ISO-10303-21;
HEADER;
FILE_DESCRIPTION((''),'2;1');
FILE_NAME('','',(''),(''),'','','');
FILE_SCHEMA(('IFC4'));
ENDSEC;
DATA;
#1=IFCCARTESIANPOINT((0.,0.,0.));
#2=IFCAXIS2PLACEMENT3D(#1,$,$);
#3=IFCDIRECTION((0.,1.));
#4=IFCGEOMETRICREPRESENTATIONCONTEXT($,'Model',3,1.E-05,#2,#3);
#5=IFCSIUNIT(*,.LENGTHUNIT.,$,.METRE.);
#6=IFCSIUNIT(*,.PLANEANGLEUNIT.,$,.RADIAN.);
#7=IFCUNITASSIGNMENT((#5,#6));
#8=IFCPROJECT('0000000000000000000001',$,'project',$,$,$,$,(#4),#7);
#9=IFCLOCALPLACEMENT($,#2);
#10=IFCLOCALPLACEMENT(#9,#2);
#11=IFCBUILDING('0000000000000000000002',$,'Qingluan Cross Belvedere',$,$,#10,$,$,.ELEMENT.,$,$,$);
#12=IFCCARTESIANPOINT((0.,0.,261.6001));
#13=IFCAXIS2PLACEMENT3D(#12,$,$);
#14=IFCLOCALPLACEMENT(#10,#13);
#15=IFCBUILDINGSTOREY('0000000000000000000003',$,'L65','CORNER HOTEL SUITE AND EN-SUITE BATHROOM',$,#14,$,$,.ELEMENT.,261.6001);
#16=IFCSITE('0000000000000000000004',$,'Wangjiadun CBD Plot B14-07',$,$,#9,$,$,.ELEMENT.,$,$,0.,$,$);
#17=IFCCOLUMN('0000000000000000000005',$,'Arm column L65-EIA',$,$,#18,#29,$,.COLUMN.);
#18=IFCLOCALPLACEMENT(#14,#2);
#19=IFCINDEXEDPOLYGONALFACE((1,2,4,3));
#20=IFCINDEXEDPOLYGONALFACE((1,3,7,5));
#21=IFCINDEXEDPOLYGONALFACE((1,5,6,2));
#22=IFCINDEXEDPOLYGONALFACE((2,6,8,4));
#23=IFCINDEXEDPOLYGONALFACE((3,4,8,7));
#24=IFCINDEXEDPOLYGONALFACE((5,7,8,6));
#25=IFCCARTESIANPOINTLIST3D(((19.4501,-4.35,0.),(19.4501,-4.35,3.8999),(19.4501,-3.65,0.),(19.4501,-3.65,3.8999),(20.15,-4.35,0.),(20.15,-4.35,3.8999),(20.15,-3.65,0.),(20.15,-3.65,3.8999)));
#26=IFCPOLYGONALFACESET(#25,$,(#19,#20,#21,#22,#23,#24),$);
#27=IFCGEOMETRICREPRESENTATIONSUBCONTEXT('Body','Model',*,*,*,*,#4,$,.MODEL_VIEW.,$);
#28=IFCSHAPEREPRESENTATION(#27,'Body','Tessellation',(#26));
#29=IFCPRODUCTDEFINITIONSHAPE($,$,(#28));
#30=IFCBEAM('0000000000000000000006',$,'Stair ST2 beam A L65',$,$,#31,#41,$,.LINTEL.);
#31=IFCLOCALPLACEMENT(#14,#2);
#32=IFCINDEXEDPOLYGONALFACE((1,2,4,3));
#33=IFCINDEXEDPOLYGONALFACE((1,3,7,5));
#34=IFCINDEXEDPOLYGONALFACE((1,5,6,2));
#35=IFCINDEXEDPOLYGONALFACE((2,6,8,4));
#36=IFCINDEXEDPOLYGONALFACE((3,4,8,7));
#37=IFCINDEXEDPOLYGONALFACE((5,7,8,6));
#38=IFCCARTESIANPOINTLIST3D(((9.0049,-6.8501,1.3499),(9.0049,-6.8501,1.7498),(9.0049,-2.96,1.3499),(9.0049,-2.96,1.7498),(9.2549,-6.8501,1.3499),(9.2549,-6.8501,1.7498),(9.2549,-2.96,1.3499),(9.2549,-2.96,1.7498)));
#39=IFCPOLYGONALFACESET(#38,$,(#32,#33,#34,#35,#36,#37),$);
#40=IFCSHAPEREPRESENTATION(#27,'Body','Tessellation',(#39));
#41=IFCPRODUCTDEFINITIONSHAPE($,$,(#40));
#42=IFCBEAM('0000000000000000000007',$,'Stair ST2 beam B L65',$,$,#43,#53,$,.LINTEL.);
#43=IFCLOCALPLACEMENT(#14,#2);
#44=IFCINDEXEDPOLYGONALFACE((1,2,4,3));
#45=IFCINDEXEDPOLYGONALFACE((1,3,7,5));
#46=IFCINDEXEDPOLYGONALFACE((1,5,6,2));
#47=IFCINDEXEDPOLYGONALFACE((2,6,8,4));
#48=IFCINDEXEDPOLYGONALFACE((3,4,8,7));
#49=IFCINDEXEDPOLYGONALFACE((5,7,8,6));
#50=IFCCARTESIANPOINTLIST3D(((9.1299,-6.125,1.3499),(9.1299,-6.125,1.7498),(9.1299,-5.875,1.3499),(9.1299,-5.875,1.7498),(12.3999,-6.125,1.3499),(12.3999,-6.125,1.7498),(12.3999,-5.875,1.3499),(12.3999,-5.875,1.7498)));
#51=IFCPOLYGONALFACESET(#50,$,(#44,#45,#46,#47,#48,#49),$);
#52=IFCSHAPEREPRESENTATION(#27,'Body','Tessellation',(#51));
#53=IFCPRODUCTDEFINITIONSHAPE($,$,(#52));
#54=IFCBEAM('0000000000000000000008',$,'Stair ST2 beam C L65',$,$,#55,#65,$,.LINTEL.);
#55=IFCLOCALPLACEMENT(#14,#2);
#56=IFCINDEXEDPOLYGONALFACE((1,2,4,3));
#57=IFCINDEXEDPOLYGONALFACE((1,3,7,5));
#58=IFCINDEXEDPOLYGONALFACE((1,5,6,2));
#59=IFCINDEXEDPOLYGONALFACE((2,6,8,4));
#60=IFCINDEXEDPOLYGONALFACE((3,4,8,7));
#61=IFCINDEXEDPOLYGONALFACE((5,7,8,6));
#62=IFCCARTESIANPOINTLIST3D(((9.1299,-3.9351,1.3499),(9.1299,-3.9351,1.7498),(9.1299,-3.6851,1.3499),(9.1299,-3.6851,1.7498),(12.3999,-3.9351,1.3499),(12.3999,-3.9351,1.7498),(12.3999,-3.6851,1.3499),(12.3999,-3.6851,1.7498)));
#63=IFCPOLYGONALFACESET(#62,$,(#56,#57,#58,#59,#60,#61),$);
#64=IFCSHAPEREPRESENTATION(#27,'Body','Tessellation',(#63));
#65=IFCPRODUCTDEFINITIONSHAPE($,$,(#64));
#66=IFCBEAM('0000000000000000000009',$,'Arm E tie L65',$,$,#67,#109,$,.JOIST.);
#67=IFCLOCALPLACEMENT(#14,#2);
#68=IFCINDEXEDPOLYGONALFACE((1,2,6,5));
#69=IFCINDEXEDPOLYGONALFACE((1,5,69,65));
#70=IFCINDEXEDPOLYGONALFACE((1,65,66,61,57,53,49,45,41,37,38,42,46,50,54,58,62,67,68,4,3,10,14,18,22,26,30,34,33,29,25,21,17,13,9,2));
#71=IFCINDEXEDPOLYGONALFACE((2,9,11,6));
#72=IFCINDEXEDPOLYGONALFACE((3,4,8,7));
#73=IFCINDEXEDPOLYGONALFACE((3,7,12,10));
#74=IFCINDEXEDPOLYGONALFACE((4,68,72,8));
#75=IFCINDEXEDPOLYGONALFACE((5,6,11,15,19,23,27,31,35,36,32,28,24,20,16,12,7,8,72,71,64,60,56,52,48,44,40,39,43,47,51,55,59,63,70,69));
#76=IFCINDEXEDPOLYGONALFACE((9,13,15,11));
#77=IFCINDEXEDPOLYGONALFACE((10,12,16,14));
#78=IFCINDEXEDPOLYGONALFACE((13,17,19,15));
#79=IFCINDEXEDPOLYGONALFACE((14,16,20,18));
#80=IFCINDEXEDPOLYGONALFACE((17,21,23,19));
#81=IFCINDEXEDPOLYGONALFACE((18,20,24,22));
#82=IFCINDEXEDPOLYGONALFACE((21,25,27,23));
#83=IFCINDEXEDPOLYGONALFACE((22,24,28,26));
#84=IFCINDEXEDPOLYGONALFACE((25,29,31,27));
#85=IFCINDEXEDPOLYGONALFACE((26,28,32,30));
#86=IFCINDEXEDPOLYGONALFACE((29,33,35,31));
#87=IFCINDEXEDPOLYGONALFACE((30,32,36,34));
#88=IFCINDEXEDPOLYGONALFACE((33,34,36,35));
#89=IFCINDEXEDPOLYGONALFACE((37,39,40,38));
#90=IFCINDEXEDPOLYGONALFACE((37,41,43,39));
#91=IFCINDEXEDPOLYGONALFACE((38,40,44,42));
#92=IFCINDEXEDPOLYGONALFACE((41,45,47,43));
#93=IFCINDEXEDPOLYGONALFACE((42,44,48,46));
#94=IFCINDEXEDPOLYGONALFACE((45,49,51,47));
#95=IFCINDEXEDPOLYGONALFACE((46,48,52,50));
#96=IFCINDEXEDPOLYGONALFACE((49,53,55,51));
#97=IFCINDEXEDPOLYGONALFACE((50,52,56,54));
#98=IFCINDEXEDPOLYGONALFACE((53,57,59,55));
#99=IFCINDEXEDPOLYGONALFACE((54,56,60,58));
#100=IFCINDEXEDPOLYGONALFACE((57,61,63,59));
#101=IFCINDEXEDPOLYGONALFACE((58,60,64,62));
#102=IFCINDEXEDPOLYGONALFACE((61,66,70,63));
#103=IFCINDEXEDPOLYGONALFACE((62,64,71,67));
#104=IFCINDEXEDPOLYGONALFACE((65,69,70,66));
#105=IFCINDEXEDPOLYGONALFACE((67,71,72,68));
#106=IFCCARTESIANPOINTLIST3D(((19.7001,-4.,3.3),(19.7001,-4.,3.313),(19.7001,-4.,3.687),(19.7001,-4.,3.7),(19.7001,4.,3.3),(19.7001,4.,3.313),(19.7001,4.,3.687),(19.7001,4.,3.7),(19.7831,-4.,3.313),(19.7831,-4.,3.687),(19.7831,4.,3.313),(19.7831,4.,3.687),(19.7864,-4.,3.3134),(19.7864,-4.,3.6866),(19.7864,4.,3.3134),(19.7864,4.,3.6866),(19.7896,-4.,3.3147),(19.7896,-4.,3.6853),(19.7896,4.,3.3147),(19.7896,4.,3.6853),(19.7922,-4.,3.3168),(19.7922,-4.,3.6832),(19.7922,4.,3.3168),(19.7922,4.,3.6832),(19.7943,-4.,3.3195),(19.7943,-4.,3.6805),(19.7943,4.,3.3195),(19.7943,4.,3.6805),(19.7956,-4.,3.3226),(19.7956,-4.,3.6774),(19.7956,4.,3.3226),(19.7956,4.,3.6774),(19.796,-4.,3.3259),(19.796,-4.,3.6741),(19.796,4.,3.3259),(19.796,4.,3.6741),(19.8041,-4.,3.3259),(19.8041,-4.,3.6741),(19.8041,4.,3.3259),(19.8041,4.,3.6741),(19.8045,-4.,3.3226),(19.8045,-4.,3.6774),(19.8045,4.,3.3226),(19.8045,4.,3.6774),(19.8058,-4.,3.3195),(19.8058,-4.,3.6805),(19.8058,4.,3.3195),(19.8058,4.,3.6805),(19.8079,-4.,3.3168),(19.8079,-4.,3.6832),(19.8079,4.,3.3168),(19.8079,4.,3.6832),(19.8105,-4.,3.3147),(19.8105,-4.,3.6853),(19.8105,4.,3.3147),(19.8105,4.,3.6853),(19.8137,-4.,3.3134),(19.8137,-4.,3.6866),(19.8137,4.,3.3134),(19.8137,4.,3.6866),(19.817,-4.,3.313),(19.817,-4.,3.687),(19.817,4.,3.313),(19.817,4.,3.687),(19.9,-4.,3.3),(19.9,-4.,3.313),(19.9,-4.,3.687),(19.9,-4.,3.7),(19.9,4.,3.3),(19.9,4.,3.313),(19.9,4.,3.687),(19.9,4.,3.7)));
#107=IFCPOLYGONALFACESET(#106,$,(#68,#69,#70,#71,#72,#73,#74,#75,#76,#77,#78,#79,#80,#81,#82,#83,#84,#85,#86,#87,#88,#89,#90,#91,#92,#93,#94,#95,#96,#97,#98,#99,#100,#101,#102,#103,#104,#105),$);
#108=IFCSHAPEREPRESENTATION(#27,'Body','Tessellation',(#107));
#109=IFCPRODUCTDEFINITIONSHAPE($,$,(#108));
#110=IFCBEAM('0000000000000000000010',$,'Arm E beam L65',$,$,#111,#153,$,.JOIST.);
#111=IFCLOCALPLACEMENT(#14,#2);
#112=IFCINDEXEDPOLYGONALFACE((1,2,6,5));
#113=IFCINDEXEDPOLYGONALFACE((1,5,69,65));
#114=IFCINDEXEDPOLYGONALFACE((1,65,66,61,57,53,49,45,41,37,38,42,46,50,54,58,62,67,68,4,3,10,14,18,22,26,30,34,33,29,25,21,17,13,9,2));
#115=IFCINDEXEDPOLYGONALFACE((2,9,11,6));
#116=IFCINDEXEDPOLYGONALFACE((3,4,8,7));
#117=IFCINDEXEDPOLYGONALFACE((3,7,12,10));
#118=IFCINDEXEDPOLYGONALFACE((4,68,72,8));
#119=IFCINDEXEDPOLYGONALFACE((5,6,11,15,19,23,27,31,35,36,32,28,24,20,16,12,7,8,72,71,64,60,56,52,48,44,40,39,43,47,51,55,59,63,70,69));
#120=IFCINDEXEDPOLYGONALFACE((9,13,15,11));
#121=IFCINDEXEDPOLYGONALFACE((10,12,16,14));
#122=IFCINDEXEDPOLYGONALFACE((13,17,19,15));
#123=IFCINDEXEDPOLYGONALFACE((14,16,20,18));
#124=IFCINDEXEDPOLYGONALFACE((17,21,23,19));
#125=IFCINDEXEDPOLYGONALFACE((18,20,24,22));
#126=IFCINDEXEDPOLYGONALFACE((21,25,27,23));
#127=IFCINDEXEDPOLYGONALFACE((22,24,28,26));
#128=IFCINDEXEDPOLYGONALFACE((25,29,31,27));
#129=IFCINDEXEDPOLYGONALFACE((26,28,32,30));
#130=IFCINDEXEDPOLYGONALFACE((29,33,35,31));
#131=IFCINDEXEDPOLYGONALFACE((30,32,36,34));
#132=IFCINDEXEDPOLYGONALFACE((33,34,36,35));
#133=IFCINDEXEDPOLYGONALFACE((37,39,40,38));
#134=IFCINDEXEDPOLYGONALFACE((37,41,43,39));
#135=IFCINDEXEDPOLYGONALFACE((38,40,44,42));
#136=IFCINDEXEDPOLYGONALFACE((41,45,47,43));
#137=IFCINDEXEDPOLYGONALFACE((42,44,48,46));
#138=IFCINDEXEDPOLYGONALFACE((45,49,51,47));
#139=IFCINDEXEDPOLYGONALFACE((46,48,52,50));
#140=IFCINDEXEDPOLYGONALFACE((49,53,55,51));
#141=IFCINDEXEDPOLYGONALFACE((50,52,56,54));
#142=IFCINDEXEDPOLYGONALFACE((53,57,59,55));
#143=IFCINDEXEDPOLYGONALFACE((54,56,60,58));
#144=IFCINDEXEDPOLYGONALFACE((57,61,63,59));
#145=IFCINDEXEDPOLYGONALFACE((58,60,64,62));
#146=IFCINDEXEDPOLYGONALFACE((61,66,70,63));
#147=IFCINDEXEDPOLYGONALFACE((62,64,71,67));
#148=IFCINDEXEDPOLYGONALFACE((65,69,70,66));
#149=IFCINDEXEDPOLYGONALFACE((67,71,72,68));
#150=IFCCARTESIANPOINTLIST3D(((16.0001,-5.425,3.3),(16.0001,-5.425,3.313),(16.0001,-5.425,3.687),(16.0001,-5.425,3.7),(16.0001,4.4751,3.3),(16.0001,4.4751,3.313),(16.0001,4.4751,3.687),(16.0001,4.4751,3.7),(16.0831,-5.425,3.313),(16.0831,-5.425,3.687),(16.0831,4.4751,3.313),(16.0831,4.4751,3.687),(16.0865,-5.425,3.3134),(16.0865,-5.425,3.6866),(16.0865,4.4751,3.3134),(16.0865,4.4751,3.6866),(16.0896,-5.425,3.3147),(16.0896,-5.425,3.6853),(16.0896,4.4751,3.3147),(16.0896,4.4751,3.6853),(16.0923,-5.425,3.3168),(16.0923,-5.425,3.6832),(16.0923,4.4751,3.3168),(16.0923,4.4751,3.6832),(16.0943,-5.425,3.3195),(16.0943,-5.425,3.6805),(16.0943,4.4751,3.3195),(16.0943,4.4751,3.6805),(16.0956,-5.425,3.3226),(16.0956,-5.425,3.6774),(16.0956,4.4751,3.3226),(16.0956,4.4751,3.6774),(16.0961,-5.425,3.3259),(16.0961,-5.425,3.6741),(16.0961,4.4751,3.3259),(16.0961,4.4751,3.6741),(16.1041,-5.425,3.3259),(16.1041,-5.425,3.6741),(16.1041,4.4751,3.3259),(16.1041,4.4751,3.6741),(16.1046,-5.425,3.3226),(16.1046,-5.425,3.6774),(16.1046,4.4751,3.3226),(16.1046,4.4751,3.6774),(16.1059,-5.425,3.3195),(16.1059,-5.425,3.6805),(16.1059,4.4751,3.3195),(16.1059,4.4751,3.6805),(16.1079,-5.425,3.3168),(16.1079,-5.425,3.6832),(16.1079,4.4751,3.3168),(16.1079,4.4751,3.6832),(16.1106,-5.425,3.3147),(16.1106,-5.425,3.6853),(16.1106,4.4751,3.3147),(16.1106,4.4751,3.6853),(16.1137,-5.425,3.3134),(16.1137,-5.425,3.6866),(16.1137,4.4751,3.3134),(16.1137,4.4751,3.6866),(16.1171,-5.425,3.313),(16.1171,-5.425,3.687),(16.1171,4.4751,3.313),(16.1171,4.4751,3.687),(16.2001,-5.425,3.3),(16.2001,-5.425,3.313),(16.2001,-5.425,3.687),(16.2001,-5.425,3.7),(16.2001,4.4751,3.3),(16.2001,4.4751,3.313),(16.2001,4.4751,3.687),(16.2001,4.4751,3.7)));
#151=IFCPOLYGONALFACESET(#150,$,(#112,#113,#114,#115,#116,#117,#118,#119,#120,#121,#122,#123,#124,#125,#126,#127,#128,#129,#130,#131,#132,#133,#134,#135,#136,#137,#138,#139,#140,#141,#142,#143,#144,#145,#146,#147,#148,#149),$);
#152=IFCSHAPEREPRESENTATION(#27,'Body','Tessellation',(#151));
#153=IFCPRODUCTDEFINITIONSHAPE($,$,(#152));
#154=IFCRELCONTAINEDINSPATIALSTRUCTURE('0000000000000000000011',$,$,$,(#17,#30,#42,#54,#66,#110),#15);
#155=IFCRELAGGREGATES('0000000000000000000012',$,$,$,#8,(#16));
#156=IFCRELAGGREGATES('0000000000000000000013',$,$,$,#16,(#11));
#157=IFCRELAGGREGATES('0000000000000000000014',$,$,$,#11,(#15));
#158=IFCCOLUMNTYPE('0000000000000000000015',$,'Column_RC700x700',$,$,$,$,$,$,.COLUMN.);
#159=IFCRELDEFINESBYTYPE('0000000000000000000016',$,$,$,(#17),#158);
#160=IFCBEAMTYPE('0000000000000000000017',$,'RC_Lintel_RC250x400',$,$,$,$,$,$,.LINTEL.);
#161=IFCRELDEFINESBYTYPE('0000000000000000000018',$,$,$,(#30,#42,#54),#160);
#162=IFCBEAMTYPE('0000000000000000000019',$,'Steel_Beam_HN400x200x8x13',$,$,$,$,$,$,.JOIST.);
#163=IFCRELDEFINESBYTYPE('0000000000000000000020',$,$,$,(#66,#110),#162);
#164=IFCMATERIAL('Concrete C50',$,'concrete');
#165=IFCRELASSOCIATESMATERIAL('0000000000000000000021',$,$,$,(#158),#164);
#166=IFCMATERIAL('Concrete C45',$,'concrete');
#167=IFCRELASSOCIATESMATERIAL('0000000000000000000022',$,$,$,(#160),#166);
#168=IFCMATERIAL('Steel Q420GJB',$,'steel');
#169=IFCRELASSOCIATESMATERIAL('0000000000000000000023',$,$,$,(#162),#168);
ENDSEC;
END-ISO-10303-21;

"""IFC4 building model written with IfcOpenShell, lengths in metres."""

from ifc_helpers import new_model, si_unit, direction, frame, origin, origin_2d, place, context, subcontext, project, spatial, rectangle, i_section, extrude, material, material_profile, profile_set, type_object, element, save


model = new_model("IFC4")

# Units and contexts
model_context = context("Model", 3, precision=1e-05, world=origin(), true_north=direction((0.0, 1.0)))
body_context = subcontext(model_context, "Body", "Model", "MODEL_VIEW")
ifc_project = project(units=[si_unit("LENGTHUNIT", "METRE"), si_unit("PLANEANGLEUNIT", "RADIAN")], contexts=[model_context])

# Site, building, storey
site_placement = place(None, origin())
site = spatial("IfcSite", under=ifc_project, at=site_placement, Name="Wangjiadun CBD Plot B14-07", CompositionType="ELEMENT", RefElevation=0.0)
building_placement = place(site_placement, origin())
building = spatial("IfcBuilding", under=site, at=building_placement, Name="Qingluan Cross Belvedere", CompositionType="ELEMENT")
storey_placement = place(building_placement, frame((0.0, 0.0, 261.6001)))
storey = spatial("IfcBuildingStorey", under=building, at=storey_placement, Name="L65", Description="CORNER HOTEL SUITE AND EN-SUITE BATHROOM", CompositionType="ELEMENT", Elevation=261.6001)

# Column
ifc_material_1 = material(Name="Concrete C50", Category="concrete")
ifc_material_profile_1 = material_profile(ifc_material_1, rectangle(XDim=0.7, YDim=0.7, at=origin_2d()), Name="RC700x700")
ifc_profile_set_1 = profile_set([ifc_material_profile_1], Name="Concrete C50")
column_type = type_object("IfcColumnType", Name="Column_RC700x700", PredefinedType="COLUMN", material=ifc_profile_set_1)
column_placement = place(storey_placement, frame((19.8, -4.0, 0.0), z_axis=(0.0, 0.0, 1.0), x_axis=(1.0, 0.0, 0.0)))
element("IfcColumn", 1, at=column_placement, inside=storey, type_object=column_type, Name="Arm column L65-EIA", PredefinedType="COLUMN", context=body_context, shape_type="SweptSolid", body=[
    extrude(rectangle(XDim=0.7, YDim=0.7, at=origin_2d()), origin(), (0.0, 0.0, 1.0), 3.8999),
])

# Beams
ifc_material_2 = material(Name="Concrete C45", Category="concrete")
ifc_material_profile_2 = material_profile(ifc_material_2, rectangle(XDim=0.25, YDim=0.3999, at=origin_2d()), Name="RC250x400")
ifc_profile_set_2 = profile_set([ifc_material_profile_2], Name="Concrete C45")
beam_type_1 = type_object("IfcBeamType", Name="RC_Lintel_RC250x400", PredefinedType="LINTEL", material=ifc_profile_set_2)
beam_1_placement = place(storey_placement, frame((9.1299, -6.8501, 1.5498), z_axis=(0.0, 1.0, 0.0), x_axis=(-1.0, 0.0, 0.0)))
element("IfcBeam", 2, at=beam_1_placement, inside=storey, type_object=beam_type_1, Name="Stair ST2 beam A L65", PredefinedType="LINTEL", context=body_context, shape_type="SweptSolid", body=[
    extrude(rectangle(XDim=0.25, YDim=0.3999, at=origin_2d()), origin(), (0.0, 0.0, 1.0), 3.8901),
])
for number, where, z_axis, x_axis, name in (
    (3, (12.3999, -6.0, 1.5498), (-1.0, 0.0, 0.0), (0.0, -1.0, 0.0), "Stair ST2 beam B L65"),
    (4, (12.3999, -3.8101, 1.5498), (-1.0, 0.0, 0.0), (0.0, -1.0, 0.0), "Stair ST2 beam C L65"),
):
    element("IfcBeam", number, at=place(storey_placement, frame(where, z_axis=z_axis, x_axis=x_axis)), inside=storey, type_object=beam_type_1, Name=name, PredefinedType="LINTEL", context=body_context, shape_type="SweptSolid", body=[
        extrude(rectangle(XDim=0.25, YDim=0.3999, at=origin_2d()), origin(), (0.0, 0.0, 1.0), 3.27),
    ])
ifc_material_3 = material(Name="Steel Q420GJB", Category="steel")
ifc_material_profile_3 = material_profile(ifc_material_3, i_section(OverallWidth=0.2, OverallDepth=0.3999, WebThickness=0.0081, FlangeThickness=0.0129, FilletRadius=0.0129, at=origin_2d()), Name="HN400x200x8x13")
ifc_profile_set_3 = profile_set([ifc_material_profile_3], Name="Steel Q420GJB")
beam_type_2 = type_object("IfcBeamType", Name="Steel_Beam_HN400x200x8x13", PredefinedType="JOIST", material=ifc_profile_set_3)
beam_2_placement = place(storey_placement, frame((19.8, -4.0, 3.5), z_axis=(0.0, 1.0, 0.0), x_axis=(-1.0, 0.0, 0.0)))
element("IfcBeam", 5, at=beam_2_placement, inside=storey, type_object=beam_type_2, Name="Arm E tie L65", PredefinedType="JOIST", context=body_context, shape_type="SweptSolid", body=[
    extrude(i_section(OverallWidth=0.2, OverallDepth=0.3999, WebThickness=0.0081, FlangeThickness=0.0129, FilletRadius=0.0129, at=origin_2d()), origin(), (0.0, 0.0, 1.0), 8.0),
])
beam_3_placement = place(storey_placement, frame((16.1001, -5.425, 3.5), z_axis=(0.0, 1.0, 0.0), x_axis=(-1.0, 0.0, 0.0)))
element("IfcBeam", 6, at=beam_3_placement, inside=storey, type_object=beam_type_2, Name="Arm E beam L65", PredefinedType="JOIST", context=body_context, shape_type="SweptSolid", body=[
    extrude(i_section(OverallWidth=0.2, OverallDepth=0.3999, WebThickness=0.0081, FlangeThickness=0.0129, FilletRadius=0.0129, at=origin_2d()), origin(), (0.0, 0.0, 1.0), 9.9001),
])

save(model, "model.ifc")
